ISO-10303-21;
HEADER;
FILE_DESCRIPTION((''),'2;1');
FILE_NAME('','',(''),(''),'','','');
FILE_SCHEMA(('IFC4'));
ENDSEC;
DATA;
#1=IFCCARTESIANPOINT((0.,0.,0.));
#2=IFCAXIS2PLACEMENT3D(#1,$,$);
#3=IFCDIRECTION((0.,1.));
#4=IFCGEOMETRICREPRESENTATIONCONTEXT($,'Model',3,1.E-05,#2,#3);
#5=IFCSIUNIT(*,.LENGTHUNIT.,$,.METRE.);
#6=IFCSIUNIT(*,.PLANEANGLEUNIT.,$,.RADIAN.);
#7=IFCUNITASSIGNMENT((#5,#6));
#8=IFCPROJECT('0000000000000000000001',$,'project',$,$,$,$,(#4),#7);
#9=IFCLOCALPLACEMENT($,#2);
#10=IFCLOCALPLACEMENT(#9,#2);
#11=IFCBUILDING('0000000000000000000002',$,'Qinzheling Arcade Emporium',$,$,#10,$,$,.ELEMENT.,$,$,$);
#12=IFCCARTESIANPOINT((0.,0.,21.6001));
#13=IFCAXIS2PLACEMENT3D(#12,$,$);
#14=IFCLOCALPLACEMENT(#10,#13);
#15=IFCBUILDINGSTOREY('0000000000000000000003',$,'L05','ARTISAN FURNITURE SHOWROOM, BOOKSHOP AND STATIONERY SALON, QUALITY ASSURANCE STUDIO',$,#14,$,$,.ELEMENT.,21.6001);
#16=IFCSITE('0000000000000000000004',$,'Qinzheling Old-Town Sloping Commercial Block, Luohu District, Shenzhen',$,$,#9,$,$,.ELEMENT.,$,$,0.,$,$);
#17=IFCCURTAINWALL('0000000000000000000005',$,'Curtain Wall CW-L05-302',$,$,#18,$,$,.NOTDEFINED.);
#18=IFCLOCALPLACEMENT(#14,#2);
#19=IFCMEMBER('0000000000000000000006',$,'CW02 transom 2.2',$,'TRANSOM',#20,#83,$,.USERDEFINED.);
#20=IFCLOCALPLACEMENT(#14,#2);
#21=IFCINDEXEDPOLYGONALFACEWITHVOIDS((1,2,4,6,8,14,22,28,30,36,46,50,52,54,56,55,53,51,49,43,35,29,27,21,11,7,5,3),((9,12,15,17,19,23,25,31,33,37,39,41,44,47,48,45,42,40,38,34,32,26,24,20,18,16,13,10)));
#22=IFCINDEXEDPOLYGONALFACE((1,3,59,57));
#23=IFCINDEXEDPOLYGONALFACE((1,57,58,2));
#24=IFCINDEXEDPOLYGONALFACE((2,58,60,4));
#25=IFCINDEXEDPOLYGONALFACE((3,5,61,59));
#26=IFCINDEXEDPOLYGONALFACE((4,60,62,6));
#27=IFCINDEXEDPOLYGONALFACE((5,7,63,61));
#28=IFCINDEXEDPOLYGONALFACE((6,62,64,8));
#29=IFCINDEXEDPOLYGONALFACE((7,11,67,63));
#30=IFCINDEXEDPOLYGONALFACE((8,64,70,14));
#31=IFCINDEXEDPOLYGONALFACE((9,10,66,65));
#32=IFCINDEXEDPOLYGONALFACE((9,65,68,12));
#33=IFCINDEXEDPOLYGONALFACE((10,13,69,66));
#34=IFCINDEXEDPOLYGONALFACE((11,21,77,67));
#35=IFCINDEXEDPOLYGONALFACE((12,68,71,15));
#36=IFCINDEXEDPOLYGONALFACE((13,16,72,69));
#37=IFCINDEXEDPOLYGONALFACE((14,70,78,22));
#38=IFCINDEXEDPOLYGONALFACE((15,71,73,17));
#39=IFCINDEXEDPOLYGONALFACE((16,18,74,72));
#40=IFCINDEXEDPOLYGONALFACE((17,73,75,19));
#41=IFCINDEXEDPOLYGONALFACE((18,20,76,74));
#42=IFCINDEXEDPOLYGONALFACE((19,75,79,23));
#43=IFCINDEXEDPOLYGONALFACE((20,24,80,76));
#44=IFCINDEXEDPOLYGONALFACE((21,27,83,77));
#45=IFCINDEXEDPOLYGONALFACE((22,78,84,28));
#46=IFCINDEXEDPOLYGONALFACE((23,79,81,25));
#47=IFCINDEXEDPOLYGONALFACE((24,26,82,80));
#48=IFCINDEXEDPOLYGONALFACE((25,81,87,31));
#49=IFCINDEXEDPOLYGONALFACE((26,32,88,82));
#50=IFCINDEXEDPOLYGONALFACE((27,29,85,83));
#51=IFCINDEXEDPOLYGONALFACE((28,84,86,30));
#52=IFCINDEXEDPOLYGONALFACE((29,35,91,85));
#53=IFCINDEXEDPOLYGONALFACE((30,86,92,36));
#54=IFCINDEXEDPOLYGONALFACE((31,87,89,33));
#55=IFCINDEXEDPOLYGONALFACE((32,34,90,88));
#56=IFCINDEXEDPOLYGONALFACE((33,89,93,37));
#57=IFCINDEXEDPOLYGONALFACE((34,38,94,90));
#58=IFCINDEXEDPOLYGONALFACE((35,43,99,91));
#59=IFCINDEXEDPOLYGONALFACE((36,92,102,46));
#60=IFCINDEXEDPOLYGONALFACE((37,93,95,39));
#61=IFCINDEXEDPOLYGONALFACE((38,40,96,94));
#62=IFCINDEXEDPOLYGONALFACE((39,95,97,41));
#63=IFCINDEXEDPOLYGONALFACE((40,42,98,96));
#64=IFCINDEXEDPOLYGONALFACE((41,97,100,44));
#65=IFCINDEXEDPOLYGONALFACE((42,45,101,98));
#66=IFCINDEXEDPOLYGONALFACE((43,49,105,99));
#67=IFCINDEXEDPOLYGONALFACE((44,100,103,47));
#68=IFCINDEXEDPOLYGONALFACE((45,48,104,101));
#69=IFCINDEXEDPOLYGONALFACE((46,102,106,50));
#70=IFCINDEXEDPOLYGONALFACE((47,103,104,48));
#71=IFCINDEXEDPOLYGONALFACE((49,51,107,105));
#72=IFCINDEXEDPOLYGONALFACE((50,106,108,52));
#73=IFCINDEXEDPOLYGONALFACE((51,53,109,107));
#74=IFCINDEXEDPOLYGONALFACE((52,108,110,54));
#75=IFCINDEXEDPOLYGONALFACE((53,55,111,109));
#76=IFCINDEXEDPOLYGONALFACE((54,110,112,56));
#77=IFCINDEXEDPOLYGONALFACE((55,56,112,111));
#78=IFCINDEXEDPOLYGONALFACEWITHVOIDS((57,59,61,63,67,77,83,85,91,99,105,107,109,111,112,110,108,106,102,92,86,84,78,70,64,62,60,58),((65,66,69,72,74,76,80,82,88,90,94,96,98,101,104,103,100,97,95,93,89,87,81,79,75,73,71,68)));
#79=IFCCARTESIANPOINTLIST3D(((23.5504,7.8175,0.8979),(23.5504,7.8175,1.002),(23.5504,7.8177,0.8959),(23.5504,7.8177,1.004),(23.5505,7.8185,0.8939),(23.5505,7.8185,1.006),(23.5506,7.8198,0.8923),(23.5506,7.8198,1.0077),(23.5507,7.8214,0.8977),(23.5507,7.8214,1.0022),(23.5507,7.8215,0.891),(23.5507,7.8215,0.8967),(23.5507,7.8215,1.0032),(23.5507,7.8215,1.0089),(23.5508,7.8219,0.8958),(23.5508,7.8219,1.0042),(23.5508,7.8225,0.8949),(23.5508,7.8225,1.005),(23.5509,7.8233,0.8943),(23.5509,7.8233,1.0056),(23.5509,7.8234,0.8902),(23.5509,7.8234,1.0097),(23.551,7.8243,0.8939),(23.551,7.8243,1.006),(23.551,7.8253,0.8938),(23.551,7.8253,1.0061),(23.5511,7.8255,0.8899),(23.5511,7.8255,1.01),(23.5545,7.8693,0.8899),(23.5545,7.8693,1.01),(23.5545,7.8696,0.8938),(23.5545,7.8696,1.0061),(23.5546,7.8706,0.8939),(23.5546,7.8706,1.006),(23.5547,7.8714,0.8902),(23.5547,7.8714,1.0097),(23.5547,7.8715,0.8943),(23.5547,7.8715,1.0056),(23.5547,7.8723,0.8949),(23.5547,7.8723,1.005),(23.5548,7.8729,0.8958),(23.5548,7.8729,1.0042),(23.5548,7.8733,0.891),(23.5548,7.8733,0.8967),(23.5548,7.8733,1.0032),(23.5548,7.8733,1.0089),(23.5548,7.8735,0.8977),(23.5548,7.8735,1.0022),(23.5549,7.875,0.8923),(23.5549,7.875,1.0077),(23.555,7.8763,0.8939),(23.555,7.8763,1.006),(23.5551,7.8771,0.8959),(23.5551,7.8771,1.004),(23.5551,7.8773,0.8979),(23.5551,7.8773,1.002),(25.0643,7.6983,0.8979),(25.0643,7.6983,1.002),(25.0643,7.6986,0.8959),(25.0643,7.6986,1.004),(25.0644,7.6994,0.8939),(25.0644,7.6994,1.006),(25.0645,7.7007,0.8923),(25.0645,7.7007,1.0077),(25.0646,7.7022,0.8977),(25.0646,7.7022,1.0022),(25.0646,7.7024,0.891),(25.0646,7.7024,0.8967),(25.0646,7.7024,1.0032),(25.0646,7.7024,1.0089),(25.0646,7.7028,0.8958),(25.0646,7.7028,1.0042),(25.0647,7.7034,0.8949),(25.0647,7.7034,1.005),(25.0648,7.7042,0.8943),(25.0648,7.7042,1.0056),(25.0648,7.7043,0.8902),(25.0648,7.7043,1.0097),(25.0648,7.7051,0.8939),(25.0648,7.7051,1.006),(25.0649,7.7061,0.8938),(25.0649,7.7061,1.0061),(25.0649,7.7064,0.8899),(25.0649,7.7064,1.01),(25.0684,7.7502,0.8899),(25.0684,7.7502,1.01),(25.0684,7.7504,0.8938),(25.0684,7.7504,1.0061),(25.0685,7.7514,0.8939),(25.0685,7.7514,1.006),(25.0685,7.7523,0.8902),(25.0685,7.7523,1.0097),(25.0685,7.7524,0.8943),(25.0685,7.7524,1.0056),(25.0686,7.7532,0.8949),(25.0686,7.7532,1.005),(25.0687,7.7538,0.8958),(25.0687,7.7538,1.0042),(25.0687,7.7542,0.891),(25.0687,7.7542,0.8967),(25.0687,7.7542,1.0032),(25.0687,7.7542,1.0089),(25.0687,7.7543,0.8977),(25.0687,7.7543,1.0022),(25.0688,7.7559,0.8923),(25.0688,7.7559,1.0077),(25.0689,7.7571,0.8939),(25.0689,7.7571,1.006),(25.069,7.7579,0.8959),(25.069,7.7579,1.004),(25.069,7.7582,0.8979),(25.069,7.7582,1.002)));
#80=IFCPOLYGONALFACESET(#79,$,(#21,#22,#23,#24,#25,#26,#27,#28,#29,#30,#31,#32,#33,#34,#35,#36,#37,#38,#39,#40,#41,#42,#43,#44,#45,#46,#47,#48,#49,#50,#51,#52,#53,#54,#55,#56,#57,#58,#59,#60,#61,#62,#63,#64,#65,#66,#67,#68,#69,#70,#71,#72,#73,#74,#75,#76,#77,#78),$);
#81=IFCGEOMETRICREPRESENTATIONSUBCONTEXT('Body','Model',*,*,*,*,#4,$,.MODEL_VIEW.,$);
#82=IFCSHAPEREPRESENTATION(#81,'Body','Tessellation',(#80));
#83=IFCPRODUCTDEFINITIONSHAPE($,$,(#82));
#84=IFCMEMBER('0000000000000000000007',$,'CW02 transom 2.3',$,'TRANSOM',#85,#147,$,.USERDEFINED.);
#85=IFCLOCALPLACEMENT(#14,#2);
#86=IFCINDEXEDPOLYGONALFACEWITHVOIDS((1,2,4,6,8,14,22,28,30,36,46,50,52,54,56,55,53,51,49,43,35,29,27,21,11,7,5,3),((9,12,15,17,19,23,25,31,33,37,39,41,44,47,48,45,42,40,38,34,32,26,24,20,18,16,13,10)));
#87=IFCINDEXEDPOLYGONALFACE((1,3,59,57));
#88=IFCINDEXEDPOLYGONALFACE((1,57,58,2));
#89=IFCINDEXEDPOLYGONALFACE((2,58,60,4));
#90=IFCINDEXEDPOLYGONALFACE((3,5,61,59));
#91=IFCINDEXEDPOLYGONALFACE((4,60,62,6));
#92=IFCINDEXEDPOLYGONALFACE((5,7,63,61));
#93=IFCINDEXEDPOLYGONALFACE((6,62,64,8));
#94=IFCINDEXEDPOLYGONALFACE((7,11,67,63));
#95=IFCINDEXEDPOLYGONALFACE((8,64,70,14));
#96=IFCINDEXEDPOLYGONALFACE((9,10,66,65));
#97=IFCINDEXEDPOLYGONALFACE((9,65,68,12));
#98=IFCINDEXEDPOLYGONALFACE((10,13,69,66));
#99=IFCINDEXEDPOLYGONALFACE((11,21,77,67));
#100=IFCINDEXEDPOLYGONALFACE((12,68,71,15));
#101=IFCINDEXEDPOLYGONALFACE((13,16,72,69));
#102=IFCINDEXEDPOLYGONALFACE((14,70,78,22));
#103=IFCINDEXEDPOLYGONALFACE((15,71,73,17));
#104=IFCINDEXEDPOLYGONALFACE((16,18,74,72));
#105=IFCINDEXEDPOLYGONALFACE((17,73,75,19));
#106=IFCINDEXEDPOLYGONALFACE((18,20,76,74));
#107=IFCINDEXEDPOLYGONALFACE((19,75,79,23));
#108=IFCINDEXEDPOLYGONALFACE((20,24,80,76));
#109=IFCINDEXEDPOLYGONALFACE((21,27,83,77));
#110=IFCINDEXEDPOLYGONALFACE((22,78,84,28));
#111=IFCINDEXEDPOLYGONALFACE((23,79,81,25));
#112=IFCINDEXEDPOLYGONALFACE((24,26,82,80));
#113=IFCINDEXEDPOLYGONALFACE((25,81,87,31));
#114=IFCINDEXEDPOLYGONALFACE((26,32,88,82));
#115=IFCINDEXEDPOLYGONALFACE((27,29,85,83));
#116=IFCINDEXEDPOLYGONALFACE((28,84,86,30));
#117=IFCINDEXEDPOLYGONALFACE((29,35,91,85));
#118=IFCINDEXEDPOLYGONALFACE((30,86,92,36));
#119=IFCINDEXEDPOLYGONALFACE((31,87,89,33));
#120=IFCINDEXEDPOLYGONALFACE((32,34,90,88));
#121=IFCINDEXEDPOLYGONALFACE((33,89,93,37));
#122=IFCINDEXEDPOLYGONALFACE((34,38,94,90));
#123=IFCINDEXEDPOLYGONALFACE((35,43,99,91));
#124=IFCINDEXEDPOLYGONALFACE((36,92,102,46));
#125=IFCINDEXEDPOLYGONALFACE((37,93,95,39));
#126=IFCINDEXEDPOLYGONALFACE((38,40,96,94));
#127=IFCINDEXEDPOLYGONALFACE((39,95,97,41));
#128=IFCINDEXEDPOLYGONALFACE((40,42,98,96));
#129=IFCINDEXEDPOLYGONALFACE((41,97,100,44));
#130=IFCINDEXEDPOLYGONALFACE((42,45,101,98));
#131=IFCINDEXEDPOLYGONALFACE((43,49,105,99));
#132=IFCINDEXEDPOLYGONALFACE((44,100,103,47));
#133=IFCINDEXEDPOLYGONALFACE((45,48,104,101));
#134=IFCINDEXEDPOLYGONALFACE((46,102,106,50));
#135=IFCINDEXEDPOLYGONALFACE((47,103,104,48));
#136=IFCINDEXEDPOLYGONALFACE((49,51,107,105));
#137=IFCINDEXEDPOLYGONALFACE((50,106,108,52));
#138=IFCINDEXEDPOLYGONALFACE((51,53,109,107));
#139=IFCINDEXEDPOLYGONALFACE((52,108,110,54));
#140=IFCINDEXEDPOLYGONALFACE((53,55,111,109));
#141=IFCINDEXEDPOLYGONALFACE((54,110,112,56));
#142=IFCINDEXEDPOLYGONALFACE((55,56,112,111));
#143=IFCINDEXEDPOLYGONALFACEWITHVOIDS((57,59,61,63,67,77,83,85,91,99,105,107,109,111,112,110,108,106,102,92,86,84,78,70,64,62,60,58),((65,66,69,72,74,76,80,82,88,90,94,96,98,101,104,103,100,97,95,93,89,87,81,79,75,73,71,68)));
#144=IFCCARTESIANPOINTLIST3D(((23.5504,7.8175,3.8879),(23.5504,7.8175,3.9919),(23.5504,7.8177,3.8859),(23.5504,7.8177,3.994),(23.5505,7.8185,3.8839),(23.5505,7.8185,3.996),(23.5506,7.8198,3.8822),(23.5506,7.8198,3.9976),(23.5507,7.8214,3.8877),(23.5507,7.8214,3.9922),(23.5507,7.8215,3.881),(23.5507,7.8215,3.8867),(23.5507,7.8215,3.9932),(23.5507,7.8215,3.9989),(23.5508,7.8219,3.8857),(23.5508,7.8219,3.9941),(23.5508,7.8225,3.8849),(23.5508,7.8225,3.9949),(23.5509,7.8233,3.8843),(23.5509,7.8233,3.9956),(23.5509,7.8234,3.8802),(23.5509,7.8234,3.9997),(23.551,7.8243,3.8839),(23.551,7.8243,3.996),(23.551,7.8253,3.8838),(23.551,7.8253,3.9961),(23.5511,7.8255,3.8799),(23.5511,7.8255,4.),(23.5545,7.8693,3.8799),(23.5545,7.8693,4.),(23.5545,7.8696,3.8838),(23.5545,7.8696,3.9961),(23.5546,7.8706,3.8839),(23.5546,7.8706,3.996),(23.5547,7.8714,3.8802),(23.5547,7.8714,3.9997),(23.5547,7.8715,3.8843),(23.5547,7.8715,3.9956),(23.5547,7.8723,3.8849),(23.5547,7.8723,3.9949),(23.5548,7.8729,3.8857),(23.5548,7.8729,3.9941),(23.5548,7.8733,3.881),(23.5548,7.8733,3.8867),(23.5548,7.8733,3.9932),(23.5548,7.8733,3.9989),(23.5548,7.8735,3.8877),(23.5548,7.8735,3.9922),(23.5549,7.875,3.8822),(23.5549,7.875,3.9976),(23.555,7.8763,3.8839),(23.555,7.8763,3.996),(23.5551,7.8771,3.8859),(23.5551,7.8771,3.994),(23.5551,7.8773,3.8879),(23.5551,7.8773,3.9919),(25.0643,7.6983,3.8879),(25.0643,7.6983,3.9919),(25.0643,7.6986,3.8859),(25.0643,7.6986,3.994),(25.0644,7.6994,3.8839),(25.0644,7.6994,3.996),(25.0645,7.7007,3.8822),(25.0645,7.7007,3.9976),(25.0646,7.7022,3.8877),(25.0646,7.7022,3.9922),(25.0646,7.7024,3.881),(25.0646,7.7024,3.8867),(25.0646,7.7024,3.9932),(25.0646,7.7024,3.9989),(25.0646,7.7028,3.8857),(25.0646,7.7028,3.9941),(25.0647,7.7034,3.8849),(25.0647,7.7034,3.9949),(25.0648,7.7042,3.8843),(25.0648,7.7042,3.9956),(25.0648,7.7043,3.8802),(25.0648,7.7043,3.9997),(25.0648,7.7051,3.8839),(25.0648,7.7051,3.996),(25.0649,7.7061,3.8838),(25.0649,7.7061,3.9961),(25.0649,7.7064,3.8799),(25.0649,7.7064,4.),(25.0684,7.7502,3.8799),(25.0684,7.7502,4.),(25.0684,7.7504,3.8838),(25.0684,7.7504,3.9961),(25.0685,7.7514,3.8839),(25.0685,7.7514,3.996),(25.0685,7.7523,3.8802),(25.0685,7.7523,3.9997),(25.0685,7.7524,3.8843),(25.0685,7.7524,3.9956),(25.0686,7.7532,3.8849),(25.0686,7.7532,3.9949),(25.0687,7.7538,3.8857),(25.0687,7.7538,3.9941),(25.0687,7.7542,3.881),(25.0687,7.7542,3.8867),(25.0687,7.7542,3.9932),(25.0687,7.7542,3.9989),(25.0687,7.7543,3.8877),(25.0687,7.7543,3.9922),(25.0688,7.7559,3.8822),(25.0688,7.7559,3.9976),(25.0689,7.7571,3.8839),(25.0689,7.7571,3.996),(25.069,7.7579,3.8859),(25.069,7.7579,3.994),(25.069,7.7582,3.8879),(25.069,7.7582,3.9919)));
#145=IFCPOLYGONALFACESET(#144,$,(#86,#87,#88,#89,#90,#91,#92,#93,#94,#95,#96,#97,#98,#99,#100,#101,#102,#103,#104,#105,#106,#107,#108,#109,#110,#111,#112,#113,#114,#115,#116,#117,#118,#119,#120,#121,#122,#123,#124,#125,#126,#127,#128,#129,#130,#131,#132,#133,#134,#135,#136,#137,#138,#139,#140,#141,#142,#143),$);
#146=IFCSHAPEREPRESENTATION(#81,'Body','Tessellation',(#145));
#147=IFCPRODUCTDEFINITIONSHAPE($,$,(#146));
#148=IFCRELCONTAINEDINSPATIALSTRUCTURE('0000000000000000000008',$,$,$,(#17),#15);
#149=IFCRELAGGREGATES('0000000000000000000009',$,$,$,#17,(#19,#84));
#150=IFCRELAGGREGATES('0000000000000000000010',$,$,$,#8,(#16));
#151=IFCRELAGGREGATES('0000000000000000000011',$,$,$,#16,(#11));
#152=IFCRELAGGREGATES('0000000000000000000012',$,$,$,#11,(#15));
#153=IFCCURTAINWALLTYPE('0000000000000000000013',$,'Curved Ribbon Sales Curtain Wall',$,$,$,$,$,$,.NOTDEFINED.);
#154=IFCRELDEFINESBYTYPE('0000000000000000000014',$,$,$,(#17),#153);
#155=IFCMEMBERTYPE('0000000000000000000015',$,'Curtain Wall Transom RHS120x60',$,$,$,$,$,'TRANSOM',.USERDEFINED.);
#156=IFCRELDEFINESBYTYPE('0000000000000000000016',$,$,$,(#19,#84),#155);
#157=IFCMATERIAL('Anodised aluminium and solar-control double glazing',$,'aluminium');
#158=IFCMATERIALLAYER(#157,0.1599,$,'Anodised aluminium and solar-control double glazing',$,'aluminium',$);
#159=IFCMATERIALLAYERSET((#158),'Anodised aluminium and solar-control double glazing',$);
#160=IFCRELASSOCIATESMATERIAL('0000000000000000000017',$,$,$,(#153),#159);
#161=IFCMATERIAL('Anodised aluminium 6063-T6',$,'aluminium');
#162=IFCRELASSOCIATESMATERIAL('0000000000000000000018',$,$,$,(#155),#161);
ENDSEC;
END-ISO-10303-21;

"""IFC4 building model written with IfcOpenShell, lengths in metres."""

from ifc_helpers import new_model, si_unit, direction, frame, origin, origin_2d, place, context, subcontext, project, spatial, hollow_rectangle, extrude, material, layer, layer_set, material_profile, profile_set, type_object, element, aggregate, save


model = new_model("IFC4")

# Units and contexts
model_context = context("Model", 3, precision=1e-05, world=origin(), true_north=direction((0.0, 1.0)))
body_context = subcontext(model_context, "Body", "Model", "MODEL_VIEW")
ifc_project = project(units=[si_unit("LENGTHUNIT", "METRE"), si_unit("PLANEANGLEUNIT", "RADIAN")], contexts=[model_context])

# Site, building, storey
site_placement = place(None, origin())
site = spatial("IfcSite", under=ifc_project, at=site_placement, Name="Qinzheling Old-Town Sloping Commercial Block, Luohu District, Shenzhen", CompositionType="ELEMENT", RefElevation=0.0)
building_placement = place(site_placement, origin())
building = spatial("IfcBuilding", under=site, at=building_placement, Name="Qinzheling Arcade Emporium", CompositionType="ELEMENT")
storey_placement = place(building_placement, frame((0.0, 0.0, 21.6001)))
storey = spatial("IfcBuildingStorey", under=building, at=storey_placement, Name="L05", Description="ARTISAN FURNITURE SHOWROOM, BOOKSHOP AND STATIONERY SALON, QUALITY ASSURANCE STUDIO", CompositionType="ELEMENT", Elevation=21.6001)

# Shared definitions
ifc_material_1 = material(Name="Anodised aluminium and solar-control double glazing", Category="aluminium")
ifc_material_2 = material(Name="Anodised aluminium 6063-T6", Category="aluminium")

# Curtain wall
ifc_layer_1 = layer(ifc_material_1, 0.1599, Name="Anodised aluminium and solar-control double glazing", Category="aluminium")
ifc_layer_set_1 = layer_set([ifc_layer_1], Name="Anodised aluminium and solar-control double glazing")
curtain_wall_type_1 = type_object("IfcCurtainWallType", Name="Curved Ribbon Sales Curtain Wall", PredefinedType="NOTDEFINED", material=ifc_layer_set_1)
curtain_wall_1_placement = place(storey_placement, origin())
curtain_wall_1 = element("IfcCurtainWall", 1, at=curtain_wall_1_placement, inside=storey, type_object=curtain_wall_type_1, Name="Curtain Wall CW-L05-302", PredefinedType="NOTDEFINED")

# Members
ifc_material_profile_1 = material_profile(ifc_material_2, hollow_rectangle(XDim=0.0601, YDim=0.1201, WallThickness=0.0039, InnerFilletRadius=0.0039, OuterFilletRadius=0.0081, at=origin_2d()), Name="RHS 120x60x4", Category="aluminium")
ifc_profile_set_1 = profile_set([ifc_material_profile_1], Name="Anodised aluminium 6063-T6")
member_type_1 = type_object("IfcMemberType", Name="Curtain Wall Transom RHS120x60", ElementType="TRANSOM", PredefinedType="USERDEFINED", material=ifc_profile_set_1)
member_1_placement = place(storey_placement, frame((25.0667, 7.7283, 0.95), z_axis=(-0.996918, 0.078454, 0.0), x_axis=(-0.078454, -0.996918, 0.0)))
member_1 = element("IfcMember", 2, at=member_1_placement, type_object=member_type_1, Name="CW02 transom 2.2", ObjectType="TRANSOM", PredefinedType="USERDEFINED", context=body_context, shape_type="SweptSolid", body=[
    extrude(hollow_rectangle(XDim=0.0601, YDim=0.1201, WallThickness=0.0039, InnerFilletRadius=0.0039, OuterFilletRadius=0.0081, at=origin_2d()), origin(), (0.0, 0.0, 1.0), 1.5186),
])
member_2_placement = place(storey_placement, frame((25.0667, 7.7283, 3.9399), z_axis=(-0.996918, 0.078454, 0.0), x_axis=(-0.078454, -0.996918, 0.0)))
member_2 = element("IfcMember", 3, at=member_2_placement, type_object=member_type_1, Name="CW02 transom 2.3", ObjectType="TRANSOM", PredefinedType="USERDEFINED", context=body_context, shape_type="SweptSolid", body=[
    extrude(hollow_rectangle(XDim=0.0601, YDim=0.1201, WallThickness=0.0039, InnerFilletRadius=0.0039, OuterFilletRadius=0.0081, at=origin_2d()), origin(), (0.0, 0.0, 1.0), 1.5186),
])

aggregate(curtain_wall_1, [member_1, member_2])

save(model, "model.ifc")
